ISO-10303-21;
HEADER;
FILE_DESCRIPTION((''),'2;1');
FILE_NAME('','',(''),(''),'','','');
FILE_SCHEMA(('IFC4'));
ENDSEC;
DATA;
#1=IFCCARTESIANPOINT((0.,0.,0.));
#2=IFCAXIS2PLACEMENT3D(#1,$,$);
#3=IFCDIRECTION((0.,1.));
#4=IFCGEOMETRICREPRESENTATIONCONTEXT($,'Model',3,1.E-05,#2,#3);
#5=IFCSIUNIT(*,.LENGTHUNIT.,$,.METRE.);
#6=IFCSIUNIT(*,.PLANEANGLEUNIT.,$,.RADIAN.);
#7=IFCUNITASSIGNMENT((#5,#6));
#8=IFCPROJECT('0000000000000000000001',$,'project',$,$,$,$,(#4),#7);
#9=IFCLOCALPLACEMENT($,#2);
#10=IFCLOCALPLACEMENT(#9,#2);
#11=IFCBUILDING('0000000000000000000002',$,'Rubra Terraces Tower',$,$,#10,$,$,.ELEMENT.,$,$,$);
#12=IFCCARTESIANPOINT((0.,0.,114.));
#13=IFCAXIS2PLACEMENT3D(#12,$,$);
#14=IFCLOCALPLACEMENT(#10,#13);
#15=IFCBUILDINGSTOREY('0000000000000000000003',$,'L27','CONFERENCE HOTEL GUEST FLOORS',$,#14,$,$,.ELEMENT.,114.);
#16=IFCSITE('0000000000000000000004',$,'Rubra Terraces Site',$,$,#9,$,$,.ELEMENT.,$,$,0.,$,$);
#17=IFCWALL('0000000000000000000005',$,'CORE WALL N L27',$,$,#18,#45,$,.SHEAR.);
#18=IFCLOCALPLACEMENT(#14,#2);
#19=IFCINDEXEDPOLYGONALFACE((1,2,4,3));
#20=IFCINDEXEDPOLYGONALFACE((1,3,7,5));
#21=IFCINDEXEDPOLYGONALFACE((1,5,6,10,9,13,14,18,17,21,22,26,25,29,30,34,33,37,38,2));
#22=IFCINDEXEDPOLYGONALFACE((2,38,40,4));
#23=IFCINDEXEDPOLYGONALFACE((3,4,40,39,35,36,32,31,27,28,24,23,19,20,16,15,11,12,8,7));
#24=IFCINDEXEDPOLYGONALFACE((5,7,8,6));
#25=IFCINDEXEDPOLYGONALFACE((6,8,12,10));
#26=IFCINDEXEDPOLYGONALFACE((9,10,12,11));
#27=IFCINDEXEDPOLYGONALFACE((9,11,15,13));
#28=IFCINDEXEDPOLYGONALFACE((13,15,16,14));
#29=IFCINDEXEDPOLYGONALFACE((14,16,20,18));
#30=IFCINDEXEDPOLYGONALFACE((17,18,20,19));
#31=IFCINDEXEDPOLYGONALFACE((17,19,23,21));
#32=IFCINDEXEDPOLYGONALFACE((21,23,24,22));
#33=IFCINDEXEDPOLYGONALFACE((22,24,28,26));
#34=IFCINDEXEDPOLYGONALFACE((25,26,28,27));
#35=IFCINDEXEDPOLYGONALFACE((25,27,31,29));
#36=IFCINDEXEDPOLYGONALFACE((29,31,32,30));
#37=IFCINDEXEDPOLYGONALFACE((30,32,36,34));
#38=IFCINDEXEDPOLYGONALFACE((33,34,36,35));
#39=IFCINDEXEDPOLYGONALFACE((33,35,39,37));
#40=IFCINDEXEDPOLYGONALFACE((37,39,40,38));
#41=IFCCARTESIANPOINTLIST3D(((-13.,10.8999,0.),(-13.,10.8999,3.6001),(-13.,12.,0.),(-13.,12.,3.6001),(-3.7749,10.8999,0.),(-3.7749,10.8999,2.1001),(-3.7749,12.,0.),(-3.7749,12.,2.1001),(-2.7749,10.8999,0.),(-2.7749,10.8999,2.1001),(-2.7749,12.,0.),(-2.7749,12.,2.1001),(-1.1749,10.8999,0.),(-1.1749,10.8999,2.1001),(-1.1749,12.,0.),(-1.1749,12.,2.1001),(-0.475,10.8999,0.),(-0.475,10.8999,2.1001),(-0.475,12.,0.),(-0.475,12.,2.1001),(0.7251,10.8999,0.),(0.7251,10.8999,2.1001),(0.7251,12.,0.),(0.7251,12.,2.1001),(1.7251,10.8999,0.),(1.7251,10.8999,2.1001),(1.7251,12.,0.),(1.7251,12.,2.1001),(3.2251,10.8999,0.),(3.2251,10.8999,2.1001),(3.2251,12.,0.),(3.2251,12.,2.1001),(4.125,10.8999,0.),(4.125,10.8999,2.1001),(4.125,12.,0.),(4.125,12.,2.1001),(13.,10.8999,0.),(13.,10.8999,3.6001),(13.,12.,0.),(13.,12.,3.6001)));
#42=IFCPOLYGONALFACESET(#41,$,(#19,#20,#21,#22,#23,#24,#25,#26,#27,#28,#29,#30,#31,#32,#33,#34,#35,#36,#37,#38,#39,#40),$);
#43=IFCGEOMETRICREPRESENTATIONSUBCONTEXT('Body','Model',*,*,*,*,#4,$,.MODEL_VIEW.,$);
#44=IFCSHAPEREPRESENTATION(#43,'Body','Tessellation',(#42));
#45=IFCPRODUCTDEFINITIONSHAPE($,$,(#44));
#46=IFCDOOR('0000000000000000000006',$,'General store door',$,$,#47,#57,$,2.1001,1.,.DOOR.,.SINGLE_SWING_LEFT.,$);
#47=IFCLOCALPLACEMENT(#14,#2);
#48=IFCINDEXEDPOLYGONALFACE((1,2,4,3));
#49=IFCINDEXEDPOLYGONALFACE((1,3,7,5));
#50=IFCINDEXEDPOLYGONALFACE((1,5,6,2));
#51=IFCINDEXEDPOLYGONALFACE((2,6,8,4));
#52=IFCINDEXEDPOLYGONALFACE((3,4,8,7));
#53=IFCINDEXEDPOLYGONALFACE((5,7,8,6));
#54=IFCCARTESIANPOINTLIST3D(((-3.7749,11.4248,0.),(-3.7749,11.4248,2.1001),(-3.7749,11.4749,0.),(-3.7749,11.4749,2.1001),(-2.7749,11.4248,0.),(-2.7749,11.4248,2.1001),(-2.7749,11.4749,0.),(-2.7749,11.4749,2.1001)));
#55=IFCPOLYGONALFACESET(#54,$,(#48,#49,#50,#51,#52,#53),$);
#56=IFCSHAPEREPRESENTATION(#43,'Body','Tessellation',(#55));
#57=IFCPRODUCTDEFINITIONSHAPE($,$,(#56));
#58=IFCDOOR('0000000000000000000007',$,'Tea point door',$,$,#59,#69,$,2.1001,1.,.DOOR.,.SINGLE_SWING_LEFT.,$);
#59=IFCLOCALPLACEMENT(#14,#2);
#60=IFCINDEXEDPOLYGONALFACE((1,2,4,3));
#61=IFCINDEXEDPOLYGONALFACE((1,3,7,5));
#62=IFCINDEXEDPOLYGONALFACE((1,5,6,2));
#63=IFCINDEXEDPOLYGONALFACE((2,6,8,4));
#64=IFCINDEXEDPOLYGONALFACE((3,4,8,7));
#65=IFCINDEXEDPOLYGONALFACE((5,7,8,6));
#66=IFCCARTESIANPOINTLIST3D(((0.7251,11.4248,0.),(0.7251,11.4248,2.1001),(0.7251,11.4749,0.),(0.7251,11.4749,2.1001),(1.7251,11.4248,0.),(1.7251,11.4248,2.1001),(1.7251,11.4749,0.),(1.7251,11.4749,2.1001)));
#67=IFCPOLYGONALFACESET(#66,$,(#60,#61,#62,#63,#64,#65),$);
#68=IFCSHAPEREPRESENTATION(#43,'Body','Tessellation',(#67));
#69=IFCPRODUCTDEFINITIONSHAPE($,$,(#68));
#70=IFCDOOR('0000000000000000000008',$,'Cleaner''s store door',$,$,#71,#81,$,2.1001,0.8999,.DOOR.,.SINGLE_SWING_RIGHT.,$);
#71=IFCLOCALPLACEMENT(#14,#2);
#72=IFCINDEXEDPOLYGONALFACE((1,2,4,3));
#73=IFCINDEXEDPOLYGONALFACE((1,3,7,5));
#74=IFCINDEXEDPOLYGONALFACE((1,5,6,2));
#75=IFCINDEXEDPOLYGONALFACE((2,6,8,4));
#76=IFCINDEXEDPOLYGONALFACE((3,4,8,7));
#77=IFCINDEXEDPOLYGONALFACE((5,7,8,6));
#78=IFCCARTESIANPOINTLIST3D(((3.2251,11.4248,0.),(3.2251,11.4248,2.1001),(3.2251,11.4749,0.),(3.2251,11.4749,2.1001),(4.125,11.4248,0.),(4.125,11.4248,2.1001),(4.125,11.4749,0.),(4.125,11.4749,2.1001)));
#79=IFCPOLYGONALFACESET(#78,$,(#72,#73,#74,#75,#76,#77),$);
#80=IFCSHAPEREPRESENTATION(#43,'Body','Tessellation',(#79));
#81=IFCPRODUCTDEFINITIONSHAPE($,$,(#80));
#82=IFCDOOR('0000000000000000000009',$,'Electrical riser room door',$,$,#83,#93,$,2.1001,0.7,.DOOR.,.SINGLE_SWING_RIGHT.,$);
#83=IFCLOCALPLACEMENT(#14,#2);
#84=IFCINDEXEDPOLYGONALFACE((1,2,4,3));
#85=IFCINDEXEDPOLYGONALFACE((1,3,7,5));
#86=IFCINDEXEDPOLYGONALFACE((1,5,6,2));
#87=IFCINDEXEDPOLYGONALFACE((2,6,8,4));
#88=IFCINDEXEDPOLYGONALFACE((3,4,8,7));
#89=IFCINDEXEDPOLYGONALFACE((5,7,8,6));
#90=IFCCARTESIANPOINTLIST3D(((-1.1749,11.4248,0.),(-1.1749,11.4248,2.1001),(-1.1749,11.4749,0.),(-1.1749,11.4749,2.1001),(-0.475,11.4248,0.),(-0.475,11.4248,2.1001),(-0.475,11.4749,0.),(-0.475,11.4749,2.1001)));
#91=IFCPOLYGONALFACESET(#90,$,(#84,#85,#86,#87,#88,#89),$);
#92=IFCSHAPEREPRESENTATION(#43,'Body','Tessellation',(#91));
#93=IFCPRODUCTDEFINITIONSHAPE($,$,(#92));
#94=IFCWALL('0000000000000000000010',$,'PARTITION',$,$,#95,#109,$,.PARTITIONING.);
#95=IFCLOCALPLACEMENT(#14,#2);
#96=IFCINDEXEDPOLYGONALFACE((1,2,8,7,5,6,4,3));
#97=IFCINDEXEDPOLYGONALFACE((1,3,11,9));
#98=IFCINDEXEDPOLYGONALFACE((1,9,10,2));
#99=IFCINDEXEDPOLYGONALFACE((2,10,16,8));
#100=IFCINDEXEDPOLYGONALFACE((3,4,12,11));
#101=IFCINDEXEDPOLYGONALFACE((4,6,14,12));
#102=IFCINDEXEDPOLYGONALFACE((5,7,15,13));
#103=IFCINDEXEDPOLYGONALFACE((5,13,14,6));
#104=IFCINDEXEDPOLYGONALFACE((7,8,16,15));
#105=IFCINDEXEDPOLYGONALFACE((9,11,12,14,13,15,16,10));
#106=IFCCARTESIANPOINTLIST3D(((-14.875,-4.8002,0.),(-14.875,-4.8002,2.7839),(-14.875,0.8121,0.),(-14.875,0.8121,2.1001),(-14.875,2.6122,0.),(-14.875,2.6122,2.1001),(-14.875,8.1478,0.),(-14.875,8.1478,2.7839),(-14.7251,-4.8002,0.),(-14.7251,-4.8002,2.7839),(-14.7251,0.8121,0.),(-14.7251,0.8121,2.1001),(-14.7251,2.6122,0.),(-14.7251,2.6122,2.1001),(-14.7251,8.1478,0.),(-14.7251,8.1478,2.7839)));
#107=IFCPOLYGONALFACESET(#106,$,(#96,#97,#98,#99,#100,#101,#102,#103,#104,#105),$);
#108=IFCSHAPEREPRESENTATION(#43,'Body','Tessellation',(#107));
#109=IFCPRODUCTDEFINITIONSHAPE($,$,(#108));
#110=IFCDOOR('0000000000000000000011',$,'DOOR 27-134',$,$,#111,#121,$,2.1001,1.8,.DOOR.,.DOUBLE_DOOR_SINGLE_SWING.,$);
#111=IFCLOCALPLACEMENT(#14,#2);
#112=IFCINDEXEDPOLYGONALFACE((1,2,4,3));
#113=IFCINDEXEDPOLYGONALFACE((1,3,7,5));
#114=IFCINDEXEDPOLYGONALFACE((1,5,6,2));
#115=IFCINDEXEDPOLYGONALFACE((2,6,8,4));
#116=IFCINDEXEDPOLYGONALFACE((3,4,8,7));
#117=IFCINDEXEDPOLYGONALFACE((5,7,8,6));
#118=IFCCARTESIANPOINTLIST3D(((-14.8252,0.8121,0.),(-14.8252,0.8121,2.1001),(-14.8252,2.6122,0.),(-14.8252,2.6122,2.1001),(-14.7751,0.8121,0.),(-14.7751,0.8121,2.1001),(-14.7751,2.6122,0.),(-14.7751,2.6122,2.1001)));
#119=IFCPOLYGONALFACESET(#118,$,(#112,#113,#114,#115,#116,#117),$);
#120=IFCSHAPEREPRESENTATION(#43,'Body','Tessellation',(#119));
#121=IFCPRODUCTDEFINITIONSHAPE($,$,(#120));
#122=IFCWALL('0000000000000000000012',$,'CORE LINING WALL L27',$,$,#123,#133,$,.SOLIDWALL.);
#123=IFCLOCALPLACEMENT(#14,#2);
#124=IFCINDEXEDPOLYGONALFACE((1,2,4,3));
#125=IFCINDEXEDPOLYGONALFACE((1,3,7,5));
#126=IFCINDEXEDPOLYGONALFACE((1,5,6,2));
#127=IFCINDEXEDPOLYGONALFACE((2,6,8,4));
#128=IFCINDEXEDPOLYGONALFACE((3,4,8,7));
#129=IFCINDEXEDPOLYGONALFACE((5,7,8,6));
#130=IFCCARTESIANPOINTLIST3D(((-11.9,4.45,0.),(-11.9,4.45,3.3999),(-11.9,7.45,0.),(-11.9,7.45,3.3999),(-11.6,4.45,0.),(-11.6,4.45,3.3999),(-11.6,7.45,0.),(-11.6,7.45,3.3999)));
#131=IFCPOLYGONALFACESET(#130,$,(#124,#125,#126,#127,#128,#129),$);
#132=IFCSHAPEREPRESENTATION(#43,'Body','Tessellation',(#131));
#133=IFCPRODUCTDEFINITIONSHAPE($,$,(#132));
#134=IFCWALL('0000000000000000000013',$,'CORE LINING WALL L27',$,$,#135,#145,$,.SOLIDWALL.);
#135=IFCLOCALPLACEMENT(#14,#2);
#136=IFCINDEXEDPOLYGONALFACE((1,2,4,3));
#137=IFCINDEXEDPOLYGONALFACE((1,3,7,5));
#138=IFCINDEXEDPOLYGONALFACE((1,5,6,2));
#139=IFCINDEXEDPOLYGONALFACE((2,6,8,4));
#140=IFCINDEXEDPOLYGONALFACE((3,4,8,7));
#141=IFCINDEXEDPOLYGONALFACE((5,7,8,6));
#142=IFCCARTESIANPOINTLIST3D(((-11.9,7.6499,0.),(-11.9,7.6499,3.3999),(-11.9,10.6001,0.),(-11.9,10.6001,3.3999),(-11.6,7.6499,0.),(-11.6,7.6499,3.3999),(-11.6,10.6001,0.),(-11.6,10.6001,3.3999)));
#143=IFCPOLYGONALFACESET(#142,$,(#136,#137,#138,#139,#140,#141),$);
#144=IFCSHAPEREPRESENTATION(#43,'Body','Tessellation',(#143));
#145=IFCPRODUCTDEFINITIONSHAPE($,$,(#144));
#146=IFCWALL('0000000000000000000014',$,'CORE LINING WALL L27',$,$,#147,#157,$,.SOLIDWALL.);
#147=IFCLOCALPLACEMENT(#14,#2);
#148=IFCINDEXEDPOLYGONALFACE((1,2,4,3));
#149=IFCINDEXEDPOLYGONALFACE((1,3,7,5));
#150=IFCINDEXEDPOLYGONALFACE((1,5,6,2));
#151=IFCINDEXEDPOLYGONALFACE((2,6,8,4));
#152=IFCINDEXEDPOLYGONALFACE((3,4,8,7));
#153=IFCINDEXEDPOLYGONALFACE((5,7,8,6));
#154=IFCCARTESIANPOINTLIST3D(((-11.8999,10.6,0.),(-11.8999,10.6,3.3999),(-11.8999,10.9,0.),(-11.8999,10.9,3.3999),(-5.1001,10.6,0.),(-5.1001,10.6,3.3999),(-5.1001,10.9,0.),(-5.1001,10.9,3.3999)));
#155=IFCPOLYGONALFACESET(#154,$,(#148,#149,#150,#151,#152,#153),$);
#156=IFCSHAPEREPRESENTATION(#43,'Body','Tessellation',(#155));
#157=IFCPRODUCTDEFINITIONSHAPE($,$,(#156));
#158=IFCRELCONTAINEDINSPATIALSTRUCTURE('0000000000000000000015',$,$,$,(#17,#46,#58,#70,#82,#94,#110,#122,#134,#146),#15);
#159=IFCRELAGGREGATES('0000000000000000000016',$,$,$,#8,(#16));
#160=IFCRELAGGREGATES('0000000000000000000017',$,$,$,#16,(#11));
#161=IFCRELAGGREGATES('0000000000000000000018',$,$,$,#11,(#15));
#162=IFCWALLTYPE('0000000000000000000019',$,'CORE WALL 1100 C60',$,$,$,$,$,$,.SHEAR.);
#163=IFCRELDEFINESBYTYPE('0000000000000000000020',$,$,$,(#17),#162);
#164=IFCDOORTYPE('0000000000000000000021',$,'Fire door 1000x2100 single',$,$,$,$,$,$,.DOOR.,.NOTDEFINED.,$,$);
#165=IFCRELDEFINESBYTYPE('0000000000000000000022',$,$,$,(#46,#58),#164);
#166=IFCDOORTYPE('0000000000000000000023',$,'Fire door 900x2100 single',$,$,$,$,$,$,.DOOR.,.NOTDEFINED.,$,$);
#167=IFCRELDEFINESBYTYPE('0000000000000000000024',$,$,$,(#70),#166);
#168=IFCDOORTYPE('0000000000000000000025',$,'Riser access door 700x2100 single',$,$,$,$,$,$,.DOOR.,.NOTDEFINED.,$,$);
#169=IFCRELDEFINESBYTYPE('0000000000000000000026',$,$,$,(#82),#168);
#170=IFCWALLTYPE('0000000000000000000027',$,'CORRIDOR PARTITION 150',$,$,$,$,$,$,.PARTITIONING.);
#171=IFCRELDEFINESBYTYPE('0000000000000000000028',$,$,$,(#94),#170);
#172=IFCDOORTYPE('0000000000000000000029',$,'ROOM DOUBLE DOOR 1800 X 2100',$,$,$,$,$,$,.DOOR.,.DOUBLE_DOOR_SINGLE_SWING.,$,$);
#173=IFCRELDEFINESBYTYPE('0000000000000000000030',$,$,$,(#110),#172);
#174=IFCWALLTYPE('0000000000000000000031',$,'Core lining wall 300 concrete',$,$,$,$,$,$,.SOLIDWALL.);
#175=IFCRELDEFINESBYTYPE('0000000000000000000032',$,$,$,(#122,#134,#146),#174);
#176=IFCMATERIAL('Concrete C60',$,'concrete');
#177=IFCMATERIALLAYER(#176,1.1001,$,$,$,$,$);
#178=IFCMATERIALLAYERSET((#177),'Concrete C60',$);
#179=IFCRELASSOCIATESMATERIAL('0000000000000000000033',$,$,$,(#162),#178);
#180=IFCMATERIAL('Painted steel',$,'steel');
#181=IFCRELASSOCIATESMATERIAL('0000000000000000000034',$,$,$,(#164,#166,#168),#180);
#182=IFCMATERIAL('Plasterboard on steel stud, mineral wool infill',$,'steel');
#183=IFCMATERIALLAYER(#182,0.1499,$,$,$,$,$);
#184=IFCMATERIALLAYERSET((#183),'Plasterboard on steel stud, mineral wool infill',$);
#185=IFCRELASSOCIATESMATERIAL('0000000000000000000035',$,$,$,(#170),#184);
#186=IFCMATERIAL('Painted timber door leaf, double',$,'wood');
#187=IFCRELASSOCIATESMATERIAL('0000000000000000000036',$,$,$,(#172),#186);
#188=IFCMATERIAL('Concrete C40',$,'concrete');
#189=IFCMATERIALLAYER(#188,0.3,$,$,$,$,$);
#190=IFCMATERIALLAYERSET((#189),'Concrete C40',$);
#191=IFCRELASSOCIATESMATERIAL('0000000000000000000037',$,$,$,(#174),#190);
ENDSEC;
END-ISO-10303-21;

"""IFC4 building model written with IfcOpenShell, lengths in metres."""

from ifc_helpers import new_model, si_unit, direction, frame, frame_2d, origin, place, context, subcontext, project, spatial, rectangle, extrude, material, layer, layer_set, type_object, element, fill, save


model = new_model("IFC4")

# Units and contexts
model_context = context("Model", 3, precision=1e-05, world=origin(), true_north=direction((0.0, 1.0)))
body_context = subcontext(model_context, "Body", "Model", "MODEL_VIEW")
ifc_project = project(units=[si_unit("LENGTHUNIT", "METRE"), si_unit("PLANEANGLEUNIT", "RADIAN")], contexts=[model_context])

# Site, building, storey
site_placement = place(None, origin())
site = spatial("IfcSite", under=ifc_project, at=site_placement, Name="Rubra Terraces Site", CompositionType="ELEMENT", RefElevation=0.0)
building_placement = place(site_placement, origin())
building = spatial("IfcBuilding", under=site, at=building_placement, Name="Rubra Terraces Tower", CompositionType="ELEMENT")
storey_placement = place(building_placement, frame((0.0, 0.0, 114.0)))
storey = spatial("IfcBuildingStorey", under=building, at=storey_placement, Name="L27", Description="CONFERENCE HOTEL GUEST FLOORS", CompositionType="ELEMENT", Elevation=114.0)

# Wall, openings, doors
ifc_material_1 = material(Name="Concrete C60", Category="concrete")
ifc_layer_1 = layer(ifc_material_1, 1.1001)
ifc_layer_set_1 = layer_set([ifc_layer_1], Name="Concrete C60")
wall_type_1 = type_object("IfcWallType", Name="CORE WALL 1100 C60", PredefinedType="SHEAR", material=ifc_layer_set_1)
wall_1_placement = place(storey_placement, frame((-13.0, 11.45, 0.0), z_axis=(0.0, 0.0, 1.0), x_axis=(1.0, 0.0, 0.0)))
wall_1 = element("IfcWall", 1, at=wall_1_placement, inside=storey, type_object=wall_type_1, Name="CORE WALL N L27", PredefinedType="SHEAR", context=body_context, shape_type="SweptSolid", body=[
    extrude(rectangle(XDim=26.0, YDim=1.1001, at=frame_2d((13.0, 0.0))), origin(), (0.0, 0.0, 1.0), 3.6001),
])
opening_1_placement = place(wall_1_placement, frame((9.2251, 0.0, 0.0)))
opening_1 = element("IfcOpeningElement", 2, at=opening_1_placement, cuts=wall_1, PredefinedType="OPENING", context=body_context, shape_type="SweptSolid", body=[
    extrude(rectangle(XDim=1.0, YDim=2.1001, at=frame_2d((0.5, 1.05))), frame((0.0, 0.5601, 0.0), z_axis=(0.0, -1.0, 0.0), x_axis=(1.0, 0.0, 0.0)), (0.0, 0.0, 1.0), 1.1201),
])
opening_2_placement = place(wall_1_placement, frame((11.825, 0.0, 0.0)))
opening_2 = element("IfcOpeningElement", 3, at=opening_2_placement, cuts=wall_1, PredefinedType="OPENING", context=body_context, shape_type="SweptSolid", body=[
    extrude(rectangle(XDim=0.7, YDim=2.1001, at=frame_2d((0.3501, 1.05))), frame((0.0, 0.5601, 0.0), z_axis=(0.0, -1.0, 0.0), x_axis=(1.0, 0.0, 0.0)), (0.0, 0.0, 1.0), 1.1201),
])
opening_3_placement = place(wall_1_placement, frame((13.7251, 0.0, 0.0)))
opening_3 = element("IfcOpeningElement", 4, at=opening_3_placement, cuts=wall_1, PredefinedType="OPENING", context=body_context, shape_type="SweptSolid", body=[
    extrude(rectangle(XDim=1.0, YDim=2.1001, at=frame_2d((0.5, 1.05))), frame((0.0, 0.5601, 0.0), z_axis=(0.0, -1.0, 0.0), x_axis=(1.0, 0.0, 0.0)), (0.0, 0.0, 1.0), 1.1201),
])
opening_4_placement = place(wall_1_placement, frame((16.2251, 0.0, 0.0)))
opening_4 = element("IfcOpeningElement", 5, at=opening_4_placement, cuts=wall_1, PredefinedType="OPENING", context=body_context, shape_type="SweptSolid", body=[
    extrude(rectangle(XDim=0.8999, YDim=2.1001, at=frame_2d((0.45, 1.05))), frame((0.0, 0.5601, 0.0), z_axis=(0.0, -1.0, 0.0), x_axis=(1.0, 0.0, 0.0)), (0.0, 0.0, 1.0), 1.1201),
])
ifc_material_2 = material(Name="Painted steel", Category="steel")
door_type_1 = type_object("IfcDoorType", Name="Fire door 1000x2100 single", OperationType="NOTDEFINED", PredefinedType="DOOR", material=ifc_material_2)
door_1_placement = place(opening_1_placement, origin())
door_1 = element("IfcDoor", 6, at=door_1_placement, inside=storey, type_object=door_type_1, Name="General store door", OperationType="SINGLE_SWING_LEFT", OverallHeight=2.1001, OverallWidth=1.0, PredefinedType="DOOR", context=body_context, shape_type="SweptSolid", body=[
    extrude(rectangle(XDim=1.0, YDim=2.1001, at=frame_2d((0.5, 1.05))), frame((0.0, 0.0249, 0.0), z_axis=(0.0, -1.0, 0.0), x_axis=(1.0, 0.0, 0.0)), (0.0, 0.0, 1.0), 0.05),
])
fill(opening_1, door_1)
door_2_placement = place(opening_3_placement, origin())
door_2 = element("IfcDoor", 7, at=door_2_placement, inside=storey, type_object=door_type_1, Name="Tea point door", OperationType="SINGLE_SWING_LEFT", OverallHeight=2.1001, OverallWidth=1.0, PredefinedType="DOOR", context=body_context, shape_type="SweptSolid", body=[
    extrude(rectangle(XDim=1.0, YDim=2.1001, at=frame_2d((0.5, 1.05))), frame((0.0, 0.0249, 0.0), z_axis=(0.0, -1.0, 0.0), x_axis=(1.0, 0.0, 0.0)), (0.0, 0.0, 1.0), 0.05),
])
fill(opening_3, door_2)
door_type_2 = type_object("IfcDoorType", Name="Fire door 900x2100 single", OperationType="NOTDEFINED", PredefinedType="DOOR", material=ifc_material_2)
door_3_placement = place(opening_4_placement, origin())
door_3 = element("IfcDoor", 8, at=door_3_placement, inside=storey, type_object=door_type_2, Name="Cleaner's store door", OperationType="SINGLE_SWING_RIGHT", OverallHeight=2.1001, OverallWidth=0.8999, PredefinedType="DOOR", context=body_context, shape_type="SweptSolid", body=[
    extrude(rectangle(XDim=0.8999, YDim=2.1001, at=frame_2d((0.45, 1.05))), frame((0.0, 0.0249, 0.0), z_axis=(0.0, -1.0, 0.0), x_axis=(1.0, 0.0, 0.0)), (0.0, 0.0, 1.0), 0.05),
])
fill(opening_4, door_3)
door_type_3 = type_object("IfcDoorType", Name="Riser access door 700x2100 single", OperationType="NOTDEFINED", PredefinedType="DOOR", material=ifc_material_2)
door_4_placement = place(opening_2_placement, origin())
door_4 = element("IfcDoor", 9, at=door_4_placement, inside=storey, type_object=door_type_3, Name="Electrical riser room door", OperationType="SINGLE_SWING_RIGHT", OverallHeight=2.1001, OverallWidth=0.7, PredefinedType="DOOR", context=body_context, shape_type="SweptSolid", body=[
    extrude(rectangle(XDim=0.7, YDim=2.1001, at=frame_2d((0.3501, 1.05))), frame((0.0, 0.0249, 0.0), z_axis=(0.0, -1.0, 0.0), x_axis=(1.0, 0.0, 0.0)), (0.0, 0.0, 1.0), 0.05),
])
fill(opening_2, door_4)

# Wall, opening, door
ifc_material_3 = material(Name="Plasterboard on steel stud, mineral wool infill", Category="steel")
ifc_layer_2 = layer(ifc_material_3, 0.1499)
ifc_layer_set_2 = layer_set([ifc_layer_2], Name="Plasterboard on steel stud, mineral wool infill")
wall_type_2 = type_object("IfcWallType", Name="CORRIDOR PARTITION 150", PredefinedType="PARTITIONING", material=ifc_layer_set_2)
wall_2_placement = place(storey_placement, frame((-14.8, 8.1479, 0.0), z_axis=(0.0, 0.0, 1.0), x_axis=(0.0, -1.0, 0.0)))
wall_2 = element("IfcWall", 10, at=wall_2_placement, inside=storey, type_object=wall_type_2, Name="PARTITION", PredefinedType="PARTITIONING", context=body_context, shape_type="SweptSolid", body=[
    extrude(rectangle(XDim=12.948, YDim=0.1499, at=frame_2d((6.4741, 0.0))), origin(), (0.0, 0.0, 1.0), 2.7839),
])
opening_5_placement = place(wall_2_placement, frame((5.5359, 0.0, 0.0)))
opening_5 = element("IfcOpeningElement", 11, at=opening_5_placement, cuts=wall_2, PredefinedType="OPENING", context=body_context, shape_type="SweptSolid", body=[
    extrude(rectangle(XDim=1.8, YDim=2.1001, at=frame_2d((0.8999, 1.05))), frame((0.0, 0.085, 0.0), z_axis=(0.0, -1.0, 0.0), x_axis=(1.0, 0.0, 0.0)), (0.0, 0.0, 1.0), 0.1699),
])
ifc_material_4 = material(Name="Painted timber door leaf, double", Category="wood")
door_type_4 = type_object("IfcDoorType", Name="ROOM DOUBLE DOOR 1800 X 2100", OperationType="DOUBLE_DOOR_SINGLE_SWING", PredefinedType="DOOR", material=ifc_material_4)
door_5_placement = place(opening_5_placement, origin())
door_5 = element("IfcDoor", 12, at=door_5_placement, inside=storey, type_object=door_type_4, Name="DOOR 27-134", OperationType="DOUBLE_DOOR_SINGLE_SWING", OverallHeight=2.1001, OverallWidth=1.8, PredefinedType="DOOR", context=body_context, shape_type="SweptSolid", body=[
    extrude(rectangle(XDim=1.8, YDim=2.1001, at=frame_2d((0.8999, 1.05))), frame((0.0, 0.0249, 0.0), z_axis=(0.0, -1.0, 0.0), x_axis=(1.0, 0.0, 0.0)), (0.0, 0.0, 1.0), 0.05),
])
fill(opening_5, door_5)

# Walls
ifc_material_5 = material(Name="Concrete C40", Category="concrete")
ifc_layer_3 = layer(ifc_material_5, 0.3)
ifc_layer_set_3 = layer_set([ifc_layer_3], Name="Concrete C40")
wall_type_3 = type_object("IfcWallType", Name="Core lining wall 300 concrete", PredefinedType="SOLIDWALL", material=ifc_layer_set_3)
wall_3_placement = place(storey_placement, frame((-11.75, 4.45, 0.0), z_axis=(0.0, 0.0, 1.0), x_axis=(0.0, 1.0, 0.0)))
element("IfcWall", 13, at=wall_3_placement, inside=storey, type_object=wall_type_3, Name="CORE LINING WALL L27", PredefinedType="SOLIDWALL", context=body_context, shape_type="SweptSolid", body=[
    extrude(rectangle(XDim=3.0, YDim=0.3, at=frame_2d((1.5, 0.0))), origin(), (0.0, 0.0, 1.0), 3.3999),
])
wall_4_placement = place(storey_placement, frame((-11.75, 7.6499, 0.0), z_axis=(0.0, 0.0, 1.0), x_axis=(0.0, 1.0, 0.0)))
element("IfcWall", 14, at=wall_4_placement, inside=storey, type_object=wall_type_3, Name="CORE LINING WALL L27", PredefinedType="SOLIDWALL", context=body_context, shape_type="SweptSolid", body=[
    extrude(rectangle(XDim=2.9502, YDim=0.3, at=frame_2d((1.4751, 0.0))), origin(), (0.0, 0.0, 1.0), 3.3999),
])
wall_5_placement = place(storey_placement, frame((-11.8999, 10.75, 0.0), z_axis=(0.0, 0.0, 1.0), x_axis=(1.0, 0.0, 0.0)))
element("IfcWall", 15, at=wall_5_placement, inside=storey, type_object=wall_type_3, Name="CORE LINING WALL L27", PredefinedType="SOLIDWALL", context=body_context, shape_type="SweptSolid", body=[
    extrude(rectangle(XDim=6.7998, YDim=0.3, at=frame_2d((3.3999, 0.0))), origin(), (0.0, 0.0, 1.0), 3.3999),
])

save(model, "model.ifc")
